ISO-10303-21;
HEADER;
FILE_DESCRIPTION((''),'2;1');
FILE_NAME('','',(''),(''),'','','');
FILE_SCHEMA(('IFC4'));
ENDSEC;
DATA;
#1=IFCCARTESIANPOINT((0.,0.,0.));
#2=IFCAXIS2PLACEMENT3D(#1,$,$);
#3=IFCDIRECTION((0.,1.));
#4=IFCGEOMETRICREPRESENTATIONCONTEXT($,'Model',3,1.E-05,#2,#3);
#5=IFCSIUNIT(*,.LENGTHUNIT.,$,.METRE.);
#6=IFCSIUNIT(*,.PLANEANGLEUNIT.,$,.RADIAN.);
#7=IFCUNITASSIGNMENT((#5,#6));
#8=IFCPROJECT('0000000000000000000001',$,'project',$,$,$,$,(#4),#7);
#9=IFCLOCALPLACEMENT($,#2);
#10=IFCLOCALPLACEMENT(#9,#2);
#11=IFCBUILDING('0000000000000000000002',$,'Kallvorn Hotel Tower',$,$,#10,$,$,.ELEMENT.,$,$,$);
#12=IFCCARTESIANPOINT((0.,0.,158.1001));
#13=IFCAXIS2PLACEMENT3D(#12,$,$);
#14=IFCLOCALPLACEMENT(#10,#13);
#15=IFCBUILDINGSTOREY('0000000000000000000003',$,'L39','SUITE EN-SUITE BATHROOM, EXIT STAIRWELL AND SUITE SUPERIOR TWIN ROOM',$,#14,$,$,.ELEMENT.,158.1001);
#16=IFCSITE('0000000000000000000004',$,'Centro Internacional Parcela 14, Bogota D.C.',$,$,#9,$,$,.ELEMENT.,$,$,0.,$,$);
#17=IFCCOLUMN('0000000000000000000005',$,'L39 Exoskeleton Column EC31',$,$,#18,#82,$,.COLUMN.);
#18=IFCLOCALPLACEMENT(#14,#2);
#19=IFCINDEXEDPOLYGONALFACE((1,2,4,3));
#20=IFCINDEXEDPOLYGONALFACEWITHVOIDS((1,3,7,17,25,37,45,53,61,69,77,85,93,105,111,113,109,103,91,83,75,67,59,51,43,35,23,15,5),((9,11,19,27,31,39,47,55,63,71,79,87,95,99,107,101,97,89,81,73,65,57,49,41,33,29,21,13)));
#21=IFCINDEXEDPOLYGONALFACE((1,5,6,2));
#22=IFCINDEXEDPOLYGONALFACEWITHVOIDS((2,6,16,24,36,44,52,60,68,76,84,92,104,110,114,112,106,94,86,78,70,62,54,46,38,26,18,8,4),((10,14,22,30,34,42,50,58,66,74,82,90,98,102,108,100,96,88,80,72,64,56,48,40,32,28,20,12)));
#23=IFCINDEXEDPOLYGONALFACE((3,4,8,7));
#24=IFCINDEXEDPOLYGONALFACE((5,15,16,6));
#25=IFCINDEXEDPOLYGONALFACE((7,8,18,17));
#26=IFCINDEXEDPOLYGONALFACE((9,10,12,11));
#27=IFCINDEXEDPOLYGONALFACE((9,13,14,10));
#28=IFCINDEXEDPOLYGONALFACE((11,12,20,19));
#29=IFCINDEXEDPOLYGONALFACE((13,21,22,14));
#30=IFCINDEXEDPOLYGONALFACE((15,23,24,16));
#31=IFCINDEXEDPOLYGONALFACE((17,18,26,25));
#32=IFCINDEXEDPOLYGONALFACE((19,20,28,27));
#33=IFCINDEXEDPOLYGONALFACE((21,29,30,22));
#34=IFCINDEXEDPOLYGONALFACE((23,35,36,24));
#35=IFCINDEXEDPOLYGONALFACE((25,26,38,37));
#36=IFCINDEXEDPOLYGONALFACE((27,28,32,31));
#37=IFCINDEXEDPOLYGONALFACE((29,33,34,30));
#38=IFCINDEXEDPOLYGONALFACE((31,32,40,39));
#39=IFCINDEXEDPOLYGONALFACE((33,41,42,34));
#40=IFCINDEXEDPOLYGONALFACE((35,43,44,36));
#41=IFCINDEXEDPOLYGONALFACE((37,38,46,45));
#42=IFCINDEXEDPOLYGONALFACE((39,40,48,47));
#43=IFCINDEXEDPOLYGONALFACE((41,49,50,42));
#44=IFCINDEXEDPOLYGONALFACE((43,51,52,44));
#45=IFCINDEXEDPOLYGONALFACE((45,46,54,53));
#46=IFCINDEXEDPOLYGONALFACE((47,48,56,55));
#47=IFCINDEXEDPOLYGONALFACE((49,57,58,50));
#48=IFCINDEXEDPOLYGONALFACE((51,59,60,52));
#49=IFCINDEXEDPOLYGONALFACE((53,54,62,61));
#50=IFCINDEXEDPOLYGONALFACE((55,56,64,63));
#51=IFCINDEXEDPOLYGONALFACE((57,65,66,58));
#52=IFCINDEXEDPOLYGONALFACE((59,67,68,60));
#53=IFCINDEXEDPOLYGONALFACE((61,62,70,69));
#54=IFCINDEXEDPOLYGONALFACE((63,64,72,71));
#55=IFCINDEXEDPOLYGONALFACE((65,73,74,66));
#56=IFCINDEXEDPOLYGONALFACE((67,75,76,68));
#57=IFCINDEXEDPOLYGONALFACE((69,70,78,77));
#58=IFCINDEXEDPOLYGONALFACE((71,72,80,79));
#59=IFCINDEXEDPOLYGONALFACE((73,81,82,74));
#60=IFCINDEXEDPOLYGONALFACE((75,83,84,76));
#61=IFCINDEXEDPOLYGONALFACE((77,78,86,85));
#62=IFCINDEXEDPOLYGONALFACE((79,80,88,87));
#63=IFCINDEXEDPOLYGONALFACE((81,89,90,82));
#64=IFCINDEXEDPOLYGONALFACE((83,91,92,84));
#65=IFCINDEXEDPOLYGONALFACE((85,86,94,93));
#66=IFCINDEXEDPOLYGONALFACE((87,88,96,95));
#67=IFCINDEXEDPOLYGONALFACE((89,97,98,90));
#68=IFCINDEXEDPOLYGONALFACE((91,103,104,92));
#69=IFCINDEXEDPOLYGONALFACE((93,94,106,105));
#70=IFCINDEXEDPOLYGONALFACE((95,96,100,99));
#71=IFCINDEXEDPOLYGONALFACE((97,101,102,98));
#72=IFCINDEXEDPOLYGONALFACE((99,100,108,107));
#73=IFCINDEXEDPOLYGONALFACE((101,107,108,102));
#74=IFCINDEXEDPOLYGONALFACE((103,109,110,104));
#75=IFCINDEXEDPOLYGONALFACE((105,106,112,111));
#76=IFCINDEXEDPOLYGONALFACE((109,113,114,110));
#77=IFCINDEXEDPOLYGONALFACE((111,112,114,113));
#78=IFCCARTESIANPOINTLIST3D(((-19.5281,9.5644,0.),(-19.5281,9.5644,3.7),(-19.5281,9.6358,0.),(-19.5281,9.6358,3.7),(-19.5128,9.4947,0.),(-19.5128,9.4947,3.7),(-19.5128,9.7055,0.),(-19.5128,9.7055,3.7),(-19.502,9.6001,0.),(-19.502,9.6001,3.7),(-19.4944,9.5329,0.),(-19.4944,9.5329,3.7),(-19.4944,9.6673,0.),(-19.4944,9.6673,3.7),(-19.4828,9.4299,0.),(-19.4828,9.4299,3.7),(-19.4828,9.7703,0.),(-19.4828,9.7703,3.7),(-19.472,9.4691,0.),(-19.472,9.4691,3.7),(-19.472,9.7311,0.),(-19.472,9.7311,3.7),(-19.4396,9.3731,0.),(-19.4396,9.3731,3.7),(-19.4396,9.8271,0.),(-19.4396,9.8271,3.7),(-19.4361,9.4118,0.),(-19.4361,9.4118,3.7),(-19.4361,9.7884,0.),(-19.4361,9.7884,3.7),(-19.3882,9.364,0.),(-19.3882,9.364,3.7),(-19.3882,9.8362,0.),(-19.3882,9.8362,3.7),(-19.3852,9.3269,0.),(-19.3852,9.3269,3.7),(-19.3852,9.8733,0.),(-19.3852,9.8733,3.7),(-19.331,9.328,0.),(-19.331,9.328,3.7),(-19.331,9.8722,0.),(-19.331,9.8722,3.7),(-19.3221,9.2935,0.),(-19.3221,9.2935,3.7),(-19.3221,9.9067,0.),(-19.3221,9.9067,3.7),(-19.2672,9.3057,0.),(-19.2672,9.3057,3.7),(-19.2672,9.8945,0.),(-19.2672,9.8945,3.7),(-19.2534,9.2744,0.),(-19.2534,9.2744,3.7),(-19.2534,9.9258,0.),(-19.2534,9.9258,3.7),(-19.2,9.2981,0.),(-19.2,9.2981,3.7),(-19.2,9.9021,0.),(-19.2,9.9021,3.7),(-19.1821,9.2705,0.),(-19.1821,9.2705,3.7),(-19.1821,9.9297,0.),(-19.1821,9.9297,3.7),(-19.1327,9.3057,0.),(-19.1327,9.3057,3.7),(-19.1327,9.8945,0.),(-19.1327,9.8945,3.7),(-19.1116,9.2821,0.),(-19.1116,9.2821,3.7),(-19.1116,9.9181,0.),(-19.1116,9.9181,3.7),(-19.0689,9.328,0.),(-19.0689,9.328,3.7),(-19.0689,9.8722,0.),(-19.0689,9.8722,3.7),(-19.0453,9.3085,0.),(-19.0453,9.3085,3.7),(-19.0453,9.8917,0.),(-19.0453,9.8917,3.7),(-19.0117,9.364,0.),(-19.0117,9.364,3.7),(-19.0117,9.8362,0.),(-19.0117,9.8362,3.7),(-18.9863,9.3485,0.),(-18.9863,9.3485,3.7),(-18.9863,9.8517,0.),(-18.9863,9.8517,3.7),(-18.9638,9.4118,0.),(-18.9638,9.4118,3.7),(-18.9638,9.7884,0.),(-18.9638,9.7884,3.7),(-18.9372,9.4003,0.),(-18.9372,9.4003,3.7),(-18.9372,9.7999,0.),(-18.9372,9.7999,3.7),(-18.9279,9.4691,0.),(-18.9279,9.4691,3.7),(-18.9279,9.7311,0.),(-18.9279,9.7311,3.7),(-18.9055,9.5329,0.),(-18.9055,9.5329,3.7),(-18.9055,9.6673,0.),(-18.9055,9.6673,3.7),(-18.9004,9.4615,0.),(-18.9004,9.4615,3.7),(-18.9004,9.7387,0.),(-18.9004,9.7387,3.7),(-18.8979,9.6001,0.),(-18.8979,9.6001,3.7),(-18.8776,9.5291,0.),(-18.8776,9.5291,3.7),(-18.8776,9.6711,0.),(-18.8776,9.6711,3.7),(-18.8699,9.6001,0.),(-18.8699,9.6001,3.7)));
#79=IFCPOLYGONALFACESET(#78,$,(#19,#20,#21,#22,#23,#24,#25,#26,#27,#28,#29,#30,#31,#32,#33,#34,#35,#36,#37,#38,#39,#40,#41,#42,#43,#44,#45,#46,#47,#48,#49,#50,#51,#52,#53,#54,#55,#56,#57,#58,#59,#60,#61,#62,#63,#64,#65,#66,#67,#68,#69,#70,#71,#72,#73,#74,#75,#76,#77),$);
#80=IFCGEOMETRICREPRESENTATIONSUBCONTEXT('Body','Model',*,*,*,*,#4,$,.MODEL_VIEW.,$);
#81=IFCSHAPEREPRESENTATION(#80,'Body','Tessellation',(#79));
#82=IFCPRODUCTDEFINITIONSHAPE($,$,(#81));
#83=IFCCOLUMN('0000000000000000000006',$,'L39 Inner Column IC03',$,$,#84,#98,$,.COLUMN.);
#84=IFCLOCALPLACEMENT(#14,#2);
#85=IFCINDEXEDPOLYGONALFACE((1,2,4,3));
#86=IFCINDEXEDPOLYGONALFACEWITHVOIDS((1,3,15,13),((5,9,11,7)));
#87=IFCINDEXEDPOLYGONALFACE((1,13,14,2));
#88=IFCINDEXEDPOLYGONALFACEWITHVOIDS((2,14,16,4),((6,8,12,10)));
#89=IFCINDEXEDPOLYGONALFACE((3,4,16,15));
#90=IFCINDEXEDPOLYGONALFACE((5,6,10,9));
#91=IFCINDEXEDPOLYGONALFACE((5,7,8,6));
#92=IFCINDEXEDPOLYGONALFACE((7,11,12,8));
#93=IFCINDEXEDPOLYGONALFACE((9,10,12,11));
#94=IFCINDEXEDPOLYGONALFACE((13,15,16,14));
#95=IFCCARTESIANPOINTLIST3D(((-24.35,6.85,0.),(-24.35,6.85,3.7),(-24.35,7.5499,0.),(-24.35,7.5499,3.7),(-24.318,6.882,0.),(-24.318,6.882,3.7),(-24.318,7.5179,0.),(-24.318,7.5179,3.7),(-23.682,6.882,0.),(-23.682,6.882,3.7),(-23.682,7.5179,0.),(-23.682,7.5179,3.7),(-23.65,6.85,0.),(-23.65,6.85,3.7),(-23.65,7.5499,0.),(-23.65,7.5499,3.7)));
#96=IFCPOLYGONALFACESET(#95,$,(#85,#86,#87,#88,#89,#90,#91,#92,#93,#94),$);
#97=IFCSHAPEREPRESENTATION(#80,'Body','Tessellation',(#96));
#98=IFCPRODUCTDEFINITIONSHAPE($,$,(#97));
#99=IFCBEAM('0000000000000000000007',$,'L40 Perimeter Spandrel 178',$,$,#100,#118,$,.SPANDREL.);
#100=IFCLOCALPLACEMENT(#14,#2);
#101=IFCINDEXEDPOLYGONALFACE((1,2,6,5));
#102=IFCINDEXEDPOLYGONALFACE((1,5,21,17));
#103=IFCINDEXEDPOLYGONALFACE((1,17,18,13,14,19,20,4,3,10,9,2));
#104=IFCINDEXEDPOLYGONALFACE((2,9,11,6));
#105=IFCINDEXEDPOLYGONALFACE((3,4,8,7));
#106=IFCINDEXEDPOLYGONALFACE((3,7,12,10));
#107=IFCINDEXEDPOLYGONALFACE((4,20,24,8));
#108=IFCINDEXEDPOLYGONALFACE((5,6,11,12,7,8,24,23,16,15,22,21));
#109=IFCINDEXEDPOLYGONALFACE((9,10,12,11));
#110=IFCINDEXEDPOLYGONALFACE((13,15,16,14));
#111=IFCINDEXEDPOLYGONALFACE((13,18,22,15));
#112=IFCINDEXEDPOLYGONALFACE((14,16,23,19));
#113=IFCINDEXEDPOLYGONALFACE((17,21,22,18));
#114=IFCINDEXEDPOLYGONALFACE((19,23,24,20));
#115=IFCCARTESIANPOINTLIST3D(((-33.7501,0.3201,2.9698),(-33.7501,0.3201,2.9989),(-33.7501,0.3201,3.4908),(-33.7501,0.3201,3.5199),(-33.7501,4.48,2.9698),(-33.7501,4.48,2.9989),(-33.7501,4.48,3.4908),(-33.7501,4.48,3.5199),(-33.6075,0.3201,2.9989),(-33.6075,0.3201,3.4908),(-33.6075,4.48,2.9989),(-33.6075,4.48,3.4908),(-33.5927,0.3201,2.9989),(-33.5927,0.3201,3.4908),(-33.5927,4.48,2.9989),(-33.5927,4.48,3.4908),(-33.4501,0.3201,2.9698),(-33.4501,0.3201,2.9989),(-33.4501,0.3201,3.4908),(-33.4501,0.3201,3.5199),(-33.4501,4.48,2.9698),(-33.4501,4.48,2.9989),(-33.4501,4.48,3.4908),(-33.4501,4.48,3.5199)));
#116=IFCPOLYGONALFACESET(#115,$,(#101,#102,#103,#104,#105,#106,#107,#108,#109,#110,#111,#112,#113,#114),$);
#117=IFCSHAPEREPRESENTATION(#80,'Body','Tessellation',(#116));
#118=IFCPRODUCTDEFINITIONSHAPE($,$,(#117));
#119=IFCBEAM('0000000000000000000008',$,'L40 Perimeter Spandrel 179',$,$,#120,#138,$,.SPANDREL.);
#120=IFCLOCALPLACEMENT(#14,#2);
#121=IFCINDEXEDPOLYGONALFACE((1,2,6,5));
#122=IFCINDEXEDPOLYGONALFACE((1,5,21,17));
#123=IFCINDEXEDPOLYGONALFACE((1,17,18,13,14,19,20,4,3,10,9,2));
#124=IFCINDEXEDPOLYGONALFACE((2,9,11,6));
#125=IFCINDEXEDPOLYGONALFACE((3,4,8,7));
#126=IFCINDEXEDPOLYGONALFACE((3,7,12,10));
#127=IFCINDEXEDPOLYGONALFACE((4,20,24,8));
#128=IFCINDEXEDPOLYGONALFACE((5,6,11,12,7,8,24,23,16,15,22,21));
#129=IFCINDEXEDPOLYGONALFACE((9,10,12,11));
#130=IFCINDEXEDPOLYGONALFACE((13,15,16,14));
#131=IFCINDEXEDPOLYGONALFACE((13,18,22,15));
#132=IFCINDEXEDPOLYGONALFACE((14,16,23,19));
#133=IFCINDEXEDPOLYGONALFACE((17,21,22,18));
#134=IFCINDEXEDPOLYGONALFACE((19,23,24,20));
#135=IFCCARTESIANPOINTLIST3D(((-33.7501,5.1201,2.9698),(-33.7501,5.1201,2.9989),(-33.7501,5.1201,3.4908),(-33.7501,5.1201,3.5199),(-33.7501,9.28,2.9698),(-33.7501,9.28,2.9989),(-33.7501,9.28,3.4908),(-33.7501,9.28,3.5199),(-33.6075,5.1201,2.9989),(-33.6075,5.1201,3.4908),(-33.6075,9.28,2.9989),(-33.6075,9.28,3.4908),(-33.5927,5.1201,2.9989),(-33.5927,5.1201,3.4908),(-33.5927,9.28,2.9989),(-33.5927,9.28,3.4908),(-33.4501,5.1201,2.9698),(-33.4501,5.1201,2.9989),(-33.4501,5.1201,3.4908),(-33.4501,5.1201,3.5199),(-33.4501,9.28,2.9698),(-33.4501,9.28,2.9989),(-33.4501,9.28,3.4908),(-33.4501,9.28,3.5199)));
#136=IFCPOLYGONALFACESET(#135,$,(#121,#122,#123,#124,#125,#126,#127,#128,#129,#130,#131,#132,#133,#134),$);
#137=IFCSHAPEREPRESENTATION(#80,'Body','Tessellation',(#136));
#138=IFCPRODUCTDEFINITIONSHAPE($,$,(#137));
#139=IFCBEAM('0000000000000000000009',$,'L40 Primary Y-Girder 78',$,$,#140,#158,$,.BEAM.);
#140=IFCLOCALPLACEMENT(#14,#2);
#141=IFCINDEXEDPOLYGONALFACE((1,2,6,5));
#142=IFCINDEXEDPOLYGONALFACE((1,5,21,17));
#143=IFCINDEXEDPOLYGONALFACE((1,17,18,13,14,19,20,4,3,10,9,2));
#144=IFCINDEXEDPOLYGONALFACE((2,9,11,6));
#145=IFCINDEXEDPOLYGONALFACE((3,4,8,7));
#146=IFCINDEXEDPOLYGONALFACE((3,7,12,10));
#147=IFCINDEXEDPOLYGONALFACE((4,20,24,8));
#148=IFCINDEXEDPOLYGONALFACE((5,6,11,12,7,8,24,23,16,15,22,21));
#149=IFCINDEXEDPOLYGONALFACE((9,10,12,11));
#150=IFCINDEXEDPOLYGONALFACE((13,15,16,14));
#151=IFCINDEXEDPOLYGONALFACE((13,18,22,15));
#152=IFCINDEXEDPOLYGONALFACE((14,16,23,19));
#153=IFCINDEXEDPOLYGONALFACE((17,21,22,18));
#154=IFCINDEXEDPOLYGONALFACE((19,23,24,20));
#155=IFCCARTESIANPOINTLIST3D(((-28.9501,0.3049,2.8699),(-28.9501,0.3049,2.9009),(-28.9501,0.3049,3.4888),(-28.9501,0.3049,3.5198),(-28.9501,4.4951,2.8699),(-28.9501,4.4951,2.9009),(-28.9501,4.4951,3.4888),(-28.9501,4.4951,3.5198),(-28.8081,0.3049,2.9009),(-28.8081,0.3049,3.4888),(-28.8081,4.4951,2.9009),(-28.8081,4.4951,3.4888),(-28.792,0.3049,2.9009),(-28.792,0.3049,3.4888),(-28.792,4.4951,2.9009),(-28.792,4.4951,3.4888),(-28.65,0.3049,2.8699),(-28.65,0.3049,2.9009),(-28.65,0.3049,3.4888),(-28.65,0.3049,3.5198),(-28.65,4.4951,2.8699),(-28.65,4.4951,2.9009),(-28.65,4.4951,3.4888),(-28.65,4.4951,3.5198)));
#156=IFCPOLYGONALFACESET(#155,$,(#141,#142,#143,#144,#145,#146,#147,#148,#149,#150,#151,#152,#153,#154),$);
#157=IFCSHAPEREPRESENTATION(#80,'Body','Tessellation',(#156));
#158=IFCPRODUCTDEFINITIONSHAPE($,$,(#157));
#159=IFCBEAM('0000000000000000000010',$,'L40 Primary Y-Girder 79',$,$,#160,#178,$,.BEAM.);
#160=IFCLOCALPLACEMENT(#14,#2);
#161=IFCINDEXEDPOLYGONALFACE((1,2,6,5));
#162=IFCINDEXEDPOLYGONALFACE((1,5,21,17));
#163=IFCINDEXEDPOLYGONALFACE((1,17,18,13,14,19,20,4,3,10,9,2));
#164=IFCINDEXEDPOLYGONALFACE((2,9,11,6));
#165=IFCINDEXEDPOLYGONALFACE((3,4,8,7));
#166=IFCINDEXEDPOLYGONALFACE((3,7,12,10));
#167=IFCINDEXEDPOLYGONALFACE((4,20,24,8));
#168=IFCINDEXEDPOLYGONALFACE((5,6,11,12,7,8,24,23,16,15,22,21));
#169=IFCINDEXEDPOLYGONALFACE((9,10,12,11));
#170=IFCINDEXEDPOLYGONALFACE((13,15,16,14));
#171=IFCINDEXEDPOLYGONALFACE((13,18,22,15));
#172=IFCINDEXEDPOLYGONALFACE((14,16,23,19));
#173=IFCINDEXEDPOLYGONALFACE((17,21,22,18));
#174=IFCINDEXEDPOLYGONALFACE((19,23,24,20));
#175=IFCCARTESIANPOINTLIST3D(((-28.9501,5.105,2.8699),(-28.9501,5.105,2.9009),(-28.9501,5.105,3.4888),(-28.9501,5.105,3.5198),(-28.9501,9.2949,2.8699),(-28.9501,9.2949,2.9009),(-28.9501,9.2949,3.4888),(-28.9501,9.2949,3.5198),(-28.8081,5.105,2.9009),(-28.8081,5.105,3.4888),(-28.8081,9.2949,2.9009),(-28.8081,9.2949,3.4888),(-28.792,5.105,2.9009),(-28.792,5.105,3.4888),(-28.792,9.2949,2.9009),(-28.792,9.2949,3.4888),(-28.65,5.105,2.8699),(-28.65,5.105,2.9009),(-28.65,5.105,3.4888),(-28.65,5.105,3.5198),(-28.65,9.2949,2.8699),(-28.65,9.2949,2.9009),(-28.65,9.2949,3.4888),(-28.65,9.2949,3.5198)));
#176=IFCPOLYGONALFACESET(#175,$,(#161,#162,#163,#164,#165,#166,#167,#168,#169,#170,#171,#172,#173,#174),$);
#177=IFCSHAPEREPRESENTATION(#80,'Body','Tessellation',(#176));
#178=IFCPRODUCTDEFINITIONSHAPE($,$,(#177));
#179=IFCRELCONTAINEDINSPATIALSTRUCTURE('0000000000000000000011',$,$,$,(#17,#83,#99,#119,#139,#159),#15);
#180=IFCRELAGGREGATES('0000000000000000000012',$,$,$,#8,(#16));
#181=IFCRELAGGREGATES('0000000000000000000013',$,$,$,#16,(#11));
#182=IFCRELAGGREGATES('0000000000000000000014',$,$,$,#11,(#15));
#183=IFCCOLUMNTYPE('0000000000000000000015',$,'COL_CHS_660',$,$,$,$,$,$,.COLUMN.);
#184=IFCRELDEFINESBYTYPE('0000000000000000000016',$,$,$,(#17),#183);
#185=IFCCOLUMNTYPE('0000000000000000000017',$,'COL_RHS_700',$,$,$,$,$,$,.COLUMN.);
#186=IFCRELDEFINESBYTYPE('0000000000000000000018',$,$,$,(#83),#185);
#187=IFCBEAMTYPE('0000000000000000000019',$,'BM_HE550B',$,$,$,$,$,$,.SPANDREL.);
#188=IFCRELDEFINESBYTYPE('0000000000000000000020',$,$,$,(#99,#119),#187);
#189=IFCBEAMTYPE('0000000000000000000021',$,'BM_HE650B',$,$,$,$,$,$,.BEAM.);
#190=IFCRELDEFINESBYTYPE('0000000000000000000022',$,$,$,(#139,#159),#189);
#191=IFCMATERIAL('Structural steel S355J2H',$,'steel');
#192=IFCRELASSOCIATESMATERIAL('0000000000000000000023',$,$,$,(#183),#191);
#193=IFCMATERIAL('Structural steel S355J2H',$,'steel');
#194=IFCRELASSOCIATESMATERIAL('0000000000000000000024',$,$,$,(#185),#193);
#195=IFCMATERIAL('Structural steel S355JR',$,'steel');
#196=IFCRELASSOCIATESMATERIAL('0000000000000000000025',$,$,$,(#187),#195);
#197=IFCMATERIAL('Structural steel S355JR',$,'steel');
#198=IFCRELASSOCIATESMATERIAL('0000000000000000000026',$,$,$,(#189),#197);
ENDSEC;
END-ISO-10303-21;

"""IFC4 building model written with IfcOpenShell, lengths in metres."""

from ifc_helpers import new_model, si_unit, direction, frame, origin, origin_2d, place, context, subcontext, project, spatial, hollow_rectangle, hollow_circle, i_section, extrude, material, material_profile, profile_set, type_object, element, save


model = new_model("IFC4")

# Units and contexts
model_context = context("Model", 3, precision=1e-05, world=origin(), true_north=direction((0.0, 1.0)))
body_context = subcontext(model_context, "Body", "Model", "MODEL_VIEW")
ifc_project = project(units=[si_unit("LENGTHUNIT", "METRE"), si_unit("PLANEANGLEUNIT", "RADIAN")], contexts=[model_context])

# Site, building, storey
site_placement = place(None, origin())
site = spatial("IfcSite", under=ifc_project, at=site_placement, Name="Centro Internacional Parcela 14, Bogota D.C.", CompositionType="ELEMENT", RefElevation=0.0)
building_placement = place(site_placement, origin())
building = spatial("IfcBuilding", under=site, at=building_placement, Name="Kallvorn Hotel Tower", CompositionType="ELEMENT")
storey_placement = place(building_placement, frame((0.0, 0.0, 158.1001)))
storey = spatial("IfcBuildingStorey", under=building, at=storey_placement, Name="L39", Description="SUITE EN-SUITE BATHROOM, EXIT STAIRWELL AND SUITE SUPERIOR TWIN ROOM", CompositionType="ELEMENT", Elevation=158.1001)

# Columns
ifc_material_1 = material(Name="Structural steel S355J2H", Category="steel")
ifc_material_profile_1 = material_profile(ifc_material_1, hollow_circle(Radius=0.3301, WallThickness=0.0281, at=origin_2d()), Name="CHS 660x28")
ifc_profile_set_1 = profile_set([ifc_material_profile_1], Name="Structural steel S355J2H")
column_type_1 = type_object("IfcColumnType", Name="COL_CHS_660", PredefinedType="COLUMN", material=ifc_profile_set_1)
for number, where, z_axis, x_axis, name in (
    (1, (-19.2, 9.6001, 0.0), (0.0, 0.0, 1.0), (1.0, 0.0, 0.0), "L39 Exoskeleton Column EC31"),
):
    element("IfcColumn", number, at=place(storey_placement, frame(where, z_axis=z_axis, x_axis=x_axis)), inside=storey, type_object=column_type_1, Name=name, PredefinedType="COLUMN", context=body_context, shape_type="SweptSolid", body=[
        extrude(hollow_circle(Radius=0.3301, WallThickness=0.0281, at=origin_2d()), origin(), (0.0, 0.0, 1.0), 3.7),
    ])
ifc_material_2 = material(Name="Structural steel S355J2H", Category="steel")
ifc_material_profile_2 = material_profile(ifc_material_2, hollow_rectangle(XDim=0.7, YDim=0.7, WallThickness=0.032, at=origin_2d()), Name="RHS 700x700x32")
ifc_profile_set_2 = profile_set([ifc_material_profile_2], Name="Structural steel S355J2H")
column_type_2 = type_object("IfcColumnType", Name="COL_RHS_700", PredefinedType="COLUMN", material=ifc_profile_set_2)
column_placement = place(storey_placement, frame((-24.0, 7.2, 0.0), z_axis=(0.0, 0.0, 1.0), x_axis=(1.0, 0.0, 0.0)))
element("IfcColumn", 2, at=column_placement, inside=storey, type_object=column_type_2, Name="L39 Inner Column IC03", PredefinedType="COLUMN", context=body_context, shape_type="SweptSolid", body=[
    extrude(hollow_rectangle(XDim=0.7, YDim=0.7, WallThickness=0.032, at=origin_2d()), origin(), (0.0, 0.0, 1.0), 3.7),
])

# Beams
ifc_material_3 = material(Name="Structural steel S355JR", Category="steel")
ifc_material_profile_3 = material_profile(ifc_material_3, i_section(OverallWidth=0.3, OverallDepth=0.55, WebThickness=0.0149, FlangeThickness=0.0291, at=origin_2d()), Name="HE 550 B")
ifc_profile_set_3 = profile_set([ifc_material_profile_3], Name="Structural steel S355JR")
beam_type_1 = type_object("IfcBeamType", Name="BM_HE550B", PredefinedType="SPANDREL", material=ifc_profile_set_3)
for number, where, z_axis, x_axis, name in (
    (3, (-33.6001, 0.3201, 3.2449), (0.0, 1.0, 0.0), (-1.0, 0.0, 0.0), "L40 Perimeter Spandrel 178"),
    (4, (-33.6001, 5.1201, 3.2449), (0.0, 1.0, 0.0), (-1.0, 0.0, 0.0), "L40 Perimeter Spandrel 179"),
):
    element("IfcBeam", number, at=place(storey_placement, frame(where, z_axis=z_axis, x_axis=x_axis)), inside=storey, type_object=beam_type_1, Name=name, PredefinedType="SPANDREL", context=body_context, shape_type="SweptSolid", body=[
        extrude(i_section(OverallWidth=0.3, OverallDepth=0.55, WebThickness=0.0149, FlangeThickness=0.0291, at=origin_2d()), origin(), (0.0, 0.0, 1.0), 4.1599),
    ])
ifc_material_4 = material(Name="Structural steel S355JR", Category="steel")
ifc_material_profile_4 = material_profile(ifc_material_4, i_section(OverallWidth=0.3, OverallDepth=0.6499, WebThickness=0.0161, FlangeThickness=0.031, at=origin_2d()), Name="HE 650 B")
ifc_profile_set_4 = profile_set([ifc_material_profile_4], Name="Structural steel S355JR")
beam_type_2 = type_object("IfcBeamType", Name="BM_HE650B", PredefinedType="BEAM", material=ifc_profile_set_4)
beam_1_placement = place(storey_placement, frame((-28.8, 0.3049, 3.1948), z_axis=(0.0, 1.0, 0.0), x_axis=(-1.0, 0.0, 0.0)))
element("IfcBeam", 5, at=beam_1_placement, inside=storey, type_object=beam_type_2, Name="L40 Primary Y-Girder 78", PredefinedType="BEAM", context=body_context, shape_type="SweptSolid", body=[
    extrude(i_section(OverallWidth=0.3, OverallDepth=0.6499, WebThickness=0.0161, FlangeThickness=0.031, at=origin_2d()), origin(), (0.0, 0.0, 1.0), 4.1902),
])
beam_2_placement = place(storey_placement, frame((-28.8, 5.105, 3.1948), z_axis=(0.0, 1.0, 0.0), x_axis=(-1.0, 0.0, 0.0)))
element("IfcBeam", 6, at=beam_2_placement, inside=storey, type_object=beam_type_2, Name="L40 Primary Y-Girder 79", PredefinedType="BEAM", context=body_context, shape_type="SweptSolid", body=[
    extrude(i_section(OverallWidth=0.3, OverallDepth=0.6499, WebThickness=0.0161, FlangeThickness=0.031, at=origin_2d()), origin(), (0.0, 0.0, 1.0), 4.1899),
])

save(model, "model.ifc")
